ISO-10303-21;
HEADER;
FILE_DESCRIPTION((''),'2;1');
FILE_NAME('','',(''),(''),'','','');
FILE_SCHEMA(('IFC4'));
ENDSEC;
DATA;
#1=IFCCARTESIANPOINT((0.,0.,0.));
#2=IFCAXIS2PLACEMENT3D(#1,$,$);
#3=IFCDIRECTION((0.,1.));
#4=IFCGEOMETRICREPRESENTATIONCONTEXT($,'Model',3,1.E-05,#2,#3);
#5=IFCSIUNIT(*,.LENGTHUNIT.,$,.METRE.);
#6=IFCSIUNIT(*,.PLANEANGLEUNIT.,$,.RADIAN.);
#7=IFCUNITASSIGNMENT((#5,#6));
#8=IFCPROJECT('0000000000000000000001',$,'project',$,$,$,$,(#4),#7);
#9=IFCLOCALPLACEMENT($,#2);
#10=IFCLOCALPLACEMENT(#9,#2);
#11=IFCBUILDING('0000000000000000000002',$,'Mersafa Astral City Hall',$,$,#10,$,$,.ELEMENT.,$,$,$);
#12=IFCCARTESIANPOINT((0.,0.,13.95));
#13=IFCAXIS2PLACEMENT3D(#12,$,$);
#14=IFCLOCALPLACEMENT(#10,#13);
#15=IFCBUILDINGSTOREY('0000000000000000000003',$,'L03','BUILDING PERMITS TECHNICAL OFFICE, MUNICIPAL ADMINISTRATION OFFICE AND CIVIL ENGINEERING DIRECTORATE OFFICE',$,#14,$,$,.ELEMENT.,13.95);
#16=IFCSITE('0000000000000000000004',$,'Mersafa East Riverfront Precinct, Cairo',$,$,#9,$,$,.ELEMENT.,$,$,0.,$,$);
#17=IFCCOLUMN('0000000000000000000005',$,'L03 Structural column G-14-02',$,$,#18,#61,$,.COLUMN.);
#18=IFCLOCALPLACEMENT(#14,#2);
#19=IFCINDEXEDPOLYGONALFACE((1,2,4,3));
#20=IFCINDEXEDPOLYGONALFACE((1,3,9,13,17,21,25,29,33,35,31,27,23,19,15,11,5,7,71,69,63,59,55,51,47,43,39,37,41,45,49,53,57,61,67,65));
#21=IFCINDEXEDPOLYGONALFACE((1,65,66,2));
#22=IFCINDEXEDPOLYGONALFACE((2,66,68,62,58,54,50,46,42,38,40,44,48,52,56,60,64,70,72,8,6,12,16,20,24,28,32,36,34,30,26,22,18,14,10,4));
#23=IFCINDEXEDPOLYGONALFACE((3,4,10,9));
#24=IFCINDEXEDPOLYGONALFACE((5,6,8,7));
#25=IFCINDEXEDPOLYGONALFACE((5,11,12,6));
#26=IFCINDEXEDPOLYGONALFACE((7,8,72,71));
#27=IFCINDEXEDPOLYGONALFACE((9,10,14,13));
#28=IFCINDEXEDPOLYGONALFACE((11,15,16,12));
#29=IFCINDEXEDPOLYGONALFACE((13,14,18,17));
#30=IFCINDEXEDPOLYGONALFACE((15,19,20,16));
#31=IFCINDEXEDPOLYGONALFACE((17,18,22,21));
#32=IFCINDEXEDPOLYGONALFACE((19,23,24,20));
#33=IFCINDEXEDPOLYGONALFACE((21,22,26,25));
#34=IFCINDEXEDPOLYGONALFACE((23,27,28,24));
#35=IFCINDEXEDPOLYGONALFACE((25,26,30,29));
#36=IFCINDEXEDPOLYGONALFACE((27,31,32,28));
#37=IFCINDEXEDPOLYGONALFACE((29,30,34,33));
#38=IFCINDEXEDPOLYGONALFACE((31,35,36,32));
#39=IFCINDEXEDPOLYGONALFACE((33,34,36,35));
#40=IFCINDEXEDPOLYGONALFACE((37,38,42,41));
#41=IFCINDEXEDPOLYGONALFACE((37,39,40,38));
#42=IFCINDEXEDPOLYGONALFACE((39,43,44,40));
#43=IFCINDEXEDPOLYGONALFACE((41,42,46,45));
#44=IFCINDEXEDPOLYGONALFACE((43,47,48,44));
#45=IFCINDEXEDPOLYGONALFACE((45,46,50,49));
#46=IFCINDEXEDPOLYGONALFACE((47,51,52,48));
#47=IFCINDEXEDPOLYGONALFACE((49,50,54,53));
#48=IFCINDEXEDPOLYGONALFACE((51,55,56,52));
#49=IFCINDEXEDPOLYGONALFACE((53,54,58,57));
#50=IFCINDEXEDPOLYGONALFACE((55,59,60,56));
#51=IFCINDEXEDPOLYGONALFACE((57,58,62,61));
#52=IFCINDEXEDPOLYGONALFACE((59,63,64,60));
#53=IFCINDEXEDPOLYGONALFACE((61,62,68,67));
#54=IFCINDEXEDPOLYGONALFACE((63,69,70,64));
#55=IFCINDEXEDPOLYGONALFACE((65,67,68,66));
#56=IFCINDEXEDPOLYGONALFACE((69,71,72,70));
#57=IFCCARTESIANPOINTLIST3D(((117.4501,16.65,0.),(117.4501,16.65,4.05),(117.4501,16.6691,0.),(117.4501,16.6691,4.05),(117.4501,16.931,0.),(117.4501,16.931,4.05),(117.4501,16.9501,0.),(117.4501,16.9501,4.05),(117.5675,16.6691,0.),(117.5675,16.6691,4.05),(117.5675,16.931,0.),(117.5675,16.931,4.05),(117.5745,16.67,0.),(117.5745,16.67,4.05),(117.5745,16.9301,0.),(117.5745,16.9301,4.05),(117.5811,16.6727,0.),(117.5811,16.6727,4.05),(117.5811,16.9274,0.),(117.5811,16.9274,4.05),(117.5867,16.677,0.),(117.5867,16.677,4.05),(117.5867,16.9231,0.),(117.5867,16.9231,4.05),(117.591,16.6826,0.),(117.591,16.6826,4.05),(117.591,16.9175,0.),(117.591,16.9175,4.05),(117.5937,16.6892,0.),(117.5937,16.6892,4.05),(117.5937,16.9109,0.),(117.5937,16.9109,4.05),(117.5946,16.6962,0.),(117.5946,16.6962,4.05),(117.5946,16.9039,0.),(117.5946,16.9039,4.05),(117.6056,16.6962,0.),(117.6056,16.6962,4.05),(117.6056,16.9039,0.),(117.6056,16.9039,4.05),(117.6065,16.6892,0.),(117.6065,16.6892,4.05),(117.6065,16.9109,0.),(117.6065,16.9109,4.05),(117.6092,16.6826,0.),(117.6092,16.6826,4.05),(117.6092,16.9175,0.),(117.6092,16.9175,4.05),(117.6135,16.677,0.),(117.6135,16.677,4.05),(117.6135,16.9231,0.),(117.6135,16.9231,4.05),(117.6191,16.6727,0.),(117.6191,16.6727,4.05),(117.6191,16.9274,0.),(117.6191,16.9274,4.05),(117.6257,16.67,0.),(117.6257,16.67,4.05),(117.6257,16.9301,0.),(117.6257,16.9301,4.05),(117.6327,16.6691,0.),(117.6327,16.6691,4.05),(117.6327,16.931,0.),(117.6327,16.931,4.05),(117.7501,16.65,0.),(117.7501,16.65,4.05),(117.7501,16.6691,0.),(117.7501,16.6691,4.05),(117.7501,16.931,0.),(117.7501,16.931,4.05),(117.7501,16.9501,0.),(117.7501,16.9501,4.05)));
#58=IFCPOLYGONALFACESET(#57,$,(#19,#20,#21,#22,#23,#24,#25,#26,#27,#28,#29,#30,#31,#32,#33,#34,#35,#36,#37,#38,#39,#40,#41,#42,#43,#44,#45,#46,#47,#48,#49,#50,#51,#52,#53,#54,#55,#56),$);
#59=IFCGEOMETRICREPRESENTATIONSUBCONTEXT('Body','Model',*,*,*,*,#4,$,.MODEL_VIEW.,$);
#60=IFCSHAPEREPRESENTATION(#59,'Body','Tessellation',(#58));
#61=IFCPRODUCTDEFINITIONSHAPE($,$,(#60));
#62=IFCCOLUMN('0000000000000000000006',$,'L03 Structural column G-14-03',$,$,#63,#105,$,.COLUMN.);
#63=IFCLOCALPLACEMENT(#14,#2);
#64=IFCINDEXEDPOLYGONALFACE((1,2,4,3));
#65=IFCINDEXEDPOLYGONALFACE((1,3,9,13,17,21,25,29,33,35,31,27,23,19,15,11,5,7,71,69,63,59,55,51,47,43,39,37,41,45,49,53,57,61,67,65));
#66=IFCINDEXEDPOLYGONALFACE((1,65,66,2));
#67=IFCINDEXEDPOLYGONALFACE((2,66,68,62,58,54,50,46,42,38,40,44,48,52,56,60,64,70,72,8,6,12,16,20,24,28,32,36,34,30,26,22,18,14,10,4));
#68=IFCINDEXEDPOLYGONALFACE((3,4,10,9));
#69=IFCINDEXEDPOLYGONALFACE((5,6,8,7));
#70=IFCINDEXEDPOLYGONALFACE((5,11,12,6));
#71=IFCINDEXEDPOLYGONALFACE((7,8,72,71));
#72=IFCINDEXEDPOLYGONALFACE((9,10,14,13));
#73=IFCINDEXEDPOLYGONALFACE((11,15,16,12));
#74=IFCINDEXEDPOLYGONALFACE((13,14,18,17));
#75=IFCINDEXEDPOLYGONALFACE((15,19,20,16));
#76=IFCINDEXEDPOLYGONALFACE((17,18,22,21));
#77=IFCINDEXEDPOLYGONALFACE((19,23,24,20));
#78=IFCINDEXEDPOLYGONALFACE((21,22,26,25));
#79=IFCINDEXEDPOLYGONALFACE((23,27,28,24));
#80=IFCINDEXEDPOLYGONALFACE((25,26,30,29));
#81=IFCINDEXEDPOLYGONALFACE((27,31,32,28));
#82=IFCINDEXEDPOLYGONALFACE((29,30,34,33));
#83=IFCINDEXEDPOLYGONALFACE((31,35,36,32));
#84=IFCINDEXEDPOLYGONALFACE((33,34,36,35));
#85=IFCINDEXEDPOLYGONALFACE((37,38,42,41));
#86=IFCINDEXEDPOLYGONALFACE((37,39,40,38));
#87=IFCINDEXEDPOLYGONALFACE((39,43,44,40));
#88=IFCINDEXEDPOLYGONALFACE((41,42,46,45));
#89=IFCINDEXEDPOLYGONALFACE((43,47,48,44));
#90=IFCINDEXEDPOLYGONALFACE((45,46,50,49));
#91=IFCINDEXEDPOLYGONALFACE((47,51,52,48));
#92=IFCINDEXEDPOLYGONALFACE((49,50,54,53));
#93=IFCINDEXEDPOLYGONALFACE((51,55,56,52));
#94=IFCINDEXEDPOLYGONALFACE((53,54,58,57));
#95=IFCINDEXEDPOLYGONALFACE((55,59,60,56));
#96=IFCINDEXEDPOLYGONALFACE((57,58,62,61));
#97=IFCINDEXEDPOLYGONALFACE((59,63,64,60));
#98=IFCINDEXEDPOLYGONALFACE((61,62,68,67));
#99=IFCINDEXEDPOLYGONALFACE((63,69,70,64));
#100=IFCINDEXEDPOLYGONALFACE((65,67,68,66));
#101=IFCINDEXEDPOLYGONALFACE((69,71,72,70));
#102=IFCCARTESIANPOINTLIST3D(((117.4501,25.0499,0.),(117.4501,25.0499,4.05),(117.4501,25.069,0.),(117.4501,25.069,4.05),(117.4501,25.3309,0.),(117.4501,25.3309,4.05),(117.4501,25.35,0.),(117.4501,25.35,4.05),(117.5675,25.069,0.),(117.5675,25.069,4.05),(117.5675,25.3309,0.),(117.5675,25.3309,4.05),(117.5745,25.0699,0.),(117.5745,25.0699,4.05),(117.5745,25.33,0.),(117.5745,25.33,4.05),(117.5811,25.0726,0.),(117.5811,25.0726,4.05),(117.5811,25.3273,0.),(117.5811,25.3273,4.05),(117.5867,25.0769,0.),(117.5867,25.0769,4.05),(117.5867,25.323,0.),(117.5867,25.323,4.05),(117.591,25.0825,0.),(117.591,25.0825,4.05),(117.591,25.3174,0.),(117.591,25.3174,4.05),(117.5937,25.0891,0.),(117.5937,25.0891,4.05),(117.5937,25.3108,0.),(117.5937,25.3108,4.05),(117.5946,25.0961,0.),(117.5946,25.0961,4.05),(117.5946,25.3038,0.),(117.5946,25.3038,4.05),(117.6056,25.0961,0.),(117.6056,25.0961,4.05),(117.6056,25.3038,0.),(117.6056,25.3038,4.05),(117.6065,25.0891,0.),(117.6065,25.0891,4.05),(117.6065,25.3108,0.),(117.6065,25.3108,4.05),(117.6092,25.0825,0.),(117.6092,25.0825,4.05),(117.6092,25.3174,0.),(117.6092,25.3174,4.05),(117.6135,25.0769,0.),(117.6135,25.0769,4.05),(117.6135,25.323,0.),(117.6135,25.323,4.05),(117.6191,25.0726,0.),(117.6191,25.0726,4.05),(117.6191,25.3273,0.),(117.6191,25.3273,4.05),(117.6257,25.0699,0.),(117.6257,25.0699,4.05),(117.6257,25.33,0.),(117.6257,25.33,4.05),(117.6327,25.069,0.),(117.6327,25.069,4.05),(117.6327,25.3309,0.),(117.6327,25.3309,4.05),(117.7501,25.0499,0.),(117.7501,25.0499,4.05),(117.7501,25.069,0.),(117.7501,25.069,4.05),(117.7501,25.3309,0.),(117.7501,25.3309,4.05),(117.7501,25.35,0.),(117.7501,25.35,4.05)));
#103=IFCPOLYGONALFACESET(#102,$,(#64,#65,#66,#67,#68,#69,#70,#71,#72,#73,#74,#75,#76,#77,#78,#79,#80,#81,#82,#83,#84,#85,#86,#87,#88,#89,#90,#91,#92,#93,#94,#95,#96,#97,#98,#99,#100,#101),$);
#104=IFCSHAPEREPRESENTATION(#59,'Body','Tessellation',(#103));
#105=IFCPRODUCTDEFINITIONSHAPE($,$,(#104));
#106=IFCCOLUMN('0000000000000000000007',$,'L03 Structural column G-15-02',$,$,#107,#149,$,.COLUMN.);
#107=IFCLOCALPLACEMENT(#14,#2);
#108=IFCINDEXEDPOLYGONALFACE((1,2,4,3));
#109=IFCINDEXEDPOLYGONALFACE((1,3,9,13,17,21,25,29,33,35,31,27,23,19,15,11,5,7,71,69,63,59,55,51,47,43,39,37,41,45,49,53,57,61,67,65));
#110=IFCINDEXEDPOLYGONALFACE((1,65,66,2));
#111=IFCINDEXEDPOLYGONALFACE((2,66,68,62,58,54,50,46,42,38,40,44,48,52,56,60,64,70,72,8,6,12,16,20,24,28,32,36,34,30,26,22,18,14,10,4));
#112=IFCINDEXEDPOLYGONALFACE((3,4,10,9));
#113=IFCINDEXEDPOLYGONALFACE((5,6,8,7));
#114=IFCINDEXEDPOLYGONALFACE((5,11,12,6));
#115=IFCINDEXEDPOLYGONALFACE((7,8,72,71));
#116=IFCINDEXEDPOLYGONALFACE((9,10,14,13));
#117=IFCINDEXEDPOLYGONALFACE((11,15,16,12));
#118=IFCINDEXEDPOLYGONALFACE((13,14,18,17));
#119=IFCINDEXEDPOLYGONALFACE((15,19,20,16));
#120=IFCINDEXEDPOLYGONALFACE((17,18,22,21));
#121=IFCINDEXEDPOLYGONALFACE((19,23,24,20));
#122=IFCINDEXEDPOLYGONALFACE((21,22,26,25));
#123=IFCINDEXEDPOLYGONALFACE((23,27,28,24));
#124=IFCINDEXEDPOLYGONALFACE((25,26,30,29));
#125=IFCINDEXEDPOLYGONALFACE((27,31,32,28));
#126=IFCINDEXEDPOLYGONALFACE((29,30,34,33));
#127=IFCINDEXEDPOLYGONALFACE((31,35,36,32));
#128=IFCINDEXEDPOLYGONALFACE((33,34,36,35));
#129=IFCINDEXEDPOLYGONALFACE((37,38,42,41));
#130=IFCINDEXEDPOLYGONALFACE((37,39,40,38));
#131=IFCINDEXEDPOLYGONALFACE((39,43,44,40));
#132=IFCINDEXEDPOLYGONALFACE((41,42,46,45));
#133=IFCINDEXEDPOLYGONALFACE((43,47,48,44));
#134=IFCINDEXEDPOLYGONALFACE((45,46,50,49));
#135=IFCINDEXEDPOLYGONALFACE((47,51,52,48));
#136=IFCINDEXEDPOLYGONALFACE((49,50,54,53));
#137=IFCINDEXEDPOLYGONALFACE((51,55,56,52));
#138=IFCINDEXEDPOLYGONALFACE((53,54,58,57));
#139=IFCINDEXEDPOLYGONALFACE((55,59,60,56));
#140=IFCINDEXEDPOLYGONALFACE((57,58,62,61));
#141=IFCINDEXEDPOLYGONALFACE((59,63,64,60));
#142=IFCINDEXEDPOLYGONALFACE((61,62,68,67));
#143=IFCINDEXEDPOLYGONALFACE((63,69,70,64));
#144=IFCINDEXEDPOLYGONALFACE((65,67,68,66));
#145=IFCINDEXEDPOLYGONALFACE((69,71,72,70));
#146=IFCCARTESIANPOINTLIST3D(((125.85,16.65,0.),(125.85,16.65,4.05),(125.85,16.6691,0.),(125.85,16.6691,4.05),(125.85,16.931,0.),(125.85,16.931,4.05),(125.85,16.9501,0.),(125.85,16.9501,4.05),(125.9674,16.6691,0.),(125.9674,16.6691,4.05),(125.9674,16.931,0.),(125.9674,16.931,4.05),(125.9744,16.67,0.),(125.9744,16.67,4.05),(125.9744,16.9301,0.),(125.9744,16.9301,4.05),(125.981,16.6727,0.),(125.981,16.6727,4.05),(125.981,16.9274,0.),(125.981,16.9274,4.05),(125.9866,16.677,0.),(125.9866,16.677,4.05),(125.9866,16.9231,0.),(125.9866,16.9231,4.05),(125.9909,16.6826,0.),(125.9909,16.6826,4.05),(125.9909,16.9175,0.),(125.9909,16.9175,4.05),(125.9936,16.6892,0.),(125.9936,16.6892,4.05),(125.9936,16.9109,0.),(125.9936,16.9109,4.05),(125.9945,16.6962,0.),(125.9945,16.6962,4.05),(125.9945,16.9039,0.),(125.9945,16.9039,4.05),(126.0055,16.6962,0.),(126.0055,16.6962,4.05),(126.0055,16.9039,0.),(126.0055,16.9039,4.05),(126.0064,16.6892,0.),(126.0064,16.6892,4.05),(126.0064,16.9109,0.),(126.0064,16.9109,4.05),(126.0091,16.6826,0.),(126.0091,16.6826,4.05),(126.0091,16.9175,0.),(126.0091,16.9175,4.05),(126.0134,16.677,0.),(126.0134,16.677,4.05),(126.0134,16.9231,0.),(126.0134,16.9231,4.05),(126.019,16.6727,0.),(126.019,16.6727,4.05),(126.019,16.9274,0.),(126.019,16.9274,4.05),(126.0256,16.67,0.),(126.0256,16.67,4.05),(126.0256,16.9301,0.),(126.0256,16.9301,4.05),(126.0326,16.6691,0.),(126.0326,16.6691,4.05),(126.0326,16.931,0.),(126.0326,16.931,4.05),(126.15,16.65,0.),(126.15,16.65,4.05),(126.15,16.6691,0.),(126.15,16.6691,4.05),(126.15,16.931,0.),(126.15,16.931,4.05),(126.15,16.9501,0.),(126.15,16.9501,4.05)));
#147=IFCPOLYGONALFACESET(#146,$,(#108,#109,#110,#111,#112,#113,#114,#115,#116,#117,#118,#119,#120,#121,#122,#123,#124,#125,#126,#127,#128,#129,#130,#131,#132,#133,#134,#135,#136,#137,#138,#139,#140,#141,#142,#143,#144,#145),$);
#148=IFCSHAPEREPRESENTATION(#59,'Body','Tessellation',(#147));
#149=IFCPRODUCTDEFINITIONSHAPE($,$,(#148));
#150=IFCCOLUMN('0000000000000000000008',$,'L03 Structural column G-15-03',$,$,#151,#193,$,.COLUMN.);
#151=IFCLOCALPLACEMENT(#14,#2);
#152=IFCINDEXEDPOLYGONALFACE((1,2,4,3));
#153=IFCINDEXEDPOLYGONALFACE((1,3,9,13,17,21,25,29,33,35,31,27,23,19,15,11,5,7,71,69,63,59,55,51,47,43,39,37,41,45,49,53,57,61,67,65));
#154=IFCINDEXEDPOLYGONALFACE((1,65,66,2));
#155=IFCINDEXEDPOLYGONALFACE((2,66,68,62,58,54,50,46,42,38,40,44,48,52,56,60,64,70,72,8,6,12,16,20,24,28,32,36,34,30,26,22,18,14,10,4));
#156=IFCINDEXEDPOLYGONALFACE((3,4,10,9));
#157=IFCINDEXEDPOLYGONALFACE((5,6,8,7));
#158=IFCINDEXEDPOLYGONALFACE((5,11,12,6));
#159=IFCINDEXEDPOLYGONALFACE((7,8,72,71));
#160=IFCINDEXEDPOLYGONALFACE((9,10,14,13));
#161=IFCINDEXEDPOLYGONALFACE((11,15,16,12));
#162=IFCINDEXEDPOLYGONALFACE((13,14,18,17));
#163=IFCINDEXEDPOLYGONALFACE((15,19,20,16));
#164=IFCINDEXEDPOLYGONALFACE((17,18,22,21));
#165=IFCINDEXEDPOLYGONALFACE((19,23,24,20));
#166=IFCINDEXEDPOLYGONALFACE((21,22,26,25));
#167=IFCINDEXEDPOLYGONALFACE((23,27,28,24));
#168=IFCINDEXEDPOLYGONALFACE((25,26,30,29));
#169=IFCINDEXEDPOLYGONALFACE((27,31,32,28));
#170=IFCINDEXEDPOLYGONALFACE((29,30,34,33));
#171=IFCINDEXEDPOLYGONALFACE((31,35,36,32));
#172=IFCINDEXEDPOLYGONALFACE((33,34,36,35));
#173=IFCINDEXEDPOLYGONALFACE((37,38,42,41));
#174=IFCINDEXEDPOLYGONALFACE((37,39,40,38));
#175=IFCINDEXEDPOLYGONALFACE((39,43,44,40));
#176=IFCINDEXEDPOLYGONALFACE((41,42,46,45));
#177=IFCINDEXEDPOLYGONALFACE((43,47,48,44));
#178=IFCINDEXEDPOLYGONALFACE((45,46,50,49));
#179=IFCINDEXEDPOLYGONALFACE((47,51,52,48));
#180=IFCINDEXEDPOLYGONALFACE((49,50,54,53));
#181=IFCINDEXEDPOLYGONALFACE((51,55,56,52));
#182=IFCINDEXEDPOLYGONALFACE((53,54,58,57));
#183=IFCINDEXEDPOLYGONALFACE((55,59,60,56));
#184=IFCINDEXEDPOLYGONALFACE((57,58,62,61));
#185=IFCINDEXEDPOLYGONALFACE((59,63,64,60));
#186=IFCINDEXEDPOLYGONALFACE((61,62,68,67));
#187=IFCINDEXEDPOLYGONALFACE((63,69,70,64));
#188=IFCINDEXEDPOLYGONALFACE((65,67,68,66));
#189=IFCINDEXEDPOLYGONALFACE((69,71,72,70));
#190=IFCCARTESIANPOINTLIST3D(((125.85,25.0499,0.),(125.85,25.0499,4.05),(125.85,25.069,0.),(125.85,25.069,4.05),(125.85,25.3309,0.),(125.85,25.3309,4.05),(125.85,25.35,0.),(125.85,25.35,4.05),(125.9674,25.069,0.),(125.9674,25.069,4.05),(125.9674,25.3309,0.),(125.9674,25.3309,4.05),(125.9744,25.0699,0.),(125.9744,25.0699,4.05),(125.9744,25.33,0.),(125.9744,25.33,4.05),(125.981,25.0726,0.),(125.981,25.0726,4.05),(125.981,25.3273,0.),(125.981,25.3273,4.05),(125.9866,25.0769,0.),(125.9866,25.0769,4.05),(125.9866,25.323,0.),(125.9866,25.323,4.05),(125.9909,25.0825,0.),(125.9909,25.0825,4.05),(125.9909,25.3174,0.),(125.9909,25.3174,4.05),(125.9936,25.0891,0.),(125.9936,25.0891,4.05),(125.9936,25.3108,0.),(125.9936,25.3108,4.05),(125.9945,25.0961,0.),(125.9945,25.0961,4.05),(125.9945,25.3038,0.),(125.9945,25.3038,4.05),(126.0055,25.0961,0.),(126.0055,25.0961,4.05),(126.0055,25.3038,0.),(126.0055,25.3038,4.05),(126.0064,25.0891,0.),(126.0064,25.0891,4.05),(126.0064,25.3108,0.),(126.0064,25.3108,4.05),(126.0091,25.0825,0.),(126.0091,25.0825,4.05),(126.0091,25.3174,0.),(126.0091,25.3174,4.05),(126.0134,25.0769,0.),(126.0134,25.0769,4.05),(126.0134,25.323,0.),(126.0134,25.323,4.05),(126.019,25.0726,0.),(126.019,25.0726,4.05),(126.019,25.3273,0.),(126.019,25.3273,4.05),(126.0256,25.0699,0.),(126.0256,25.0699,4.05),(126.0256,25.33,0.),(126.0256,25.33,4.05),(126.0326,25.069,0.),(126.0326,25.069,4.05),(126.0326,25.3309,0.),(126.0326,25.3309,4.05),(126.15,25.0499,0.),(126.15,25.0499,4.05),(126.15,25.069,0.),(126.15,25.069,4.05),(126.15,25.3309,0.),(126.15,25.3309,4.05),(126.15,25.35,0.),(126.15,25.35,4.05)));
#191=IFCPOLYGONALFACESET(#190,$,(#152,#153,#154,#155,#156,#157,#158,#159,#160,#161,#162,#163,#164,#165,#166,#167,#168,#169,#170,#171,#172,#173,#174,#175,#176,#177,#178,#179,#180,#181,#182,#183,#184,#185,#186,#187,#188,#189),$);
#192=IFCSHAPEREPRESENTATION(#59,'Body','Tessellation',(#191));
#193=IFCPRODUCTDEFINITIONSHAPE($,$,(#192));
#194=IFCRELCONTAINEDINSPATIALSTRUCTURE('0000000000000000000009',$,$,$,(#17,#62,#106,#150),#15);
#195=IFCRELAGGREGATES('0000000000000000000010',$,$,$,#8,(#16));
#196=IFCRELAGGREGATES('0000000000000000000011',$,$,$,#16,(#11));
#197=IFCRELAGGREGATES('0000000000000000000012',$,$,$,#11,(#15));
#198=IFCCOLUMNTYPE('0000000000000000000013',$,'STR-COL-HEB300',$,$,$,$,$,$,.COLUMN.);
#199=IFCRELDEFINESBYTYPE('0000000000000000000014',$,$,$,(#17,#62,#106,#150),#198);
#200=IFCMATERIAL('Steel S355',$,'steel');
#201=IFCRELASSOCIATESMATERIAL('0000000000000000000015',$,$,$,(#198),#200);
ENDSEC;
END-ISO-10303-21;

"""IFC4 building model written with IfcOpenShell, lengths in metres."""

from ifc_helpers import new_model, si_unit, direction, frame, origin, origin_2d, place, context, subcontext, project, spatial, i_section, extrude, material, material_profile, profile_set, type_object, element, save


model = new_model("IFC4")

# Units and contexts
model_context = context("Model", 3, precision=1e-05, world=origin(), true_north=direction((0.0, 1.0)))
body_context = subcontext(model_context, "Body", "Model", "MODEL_VIEW")
ifc_project = project(units=[si_unit("LENGTHUNIT", "METRE"), si_unit("PLANEANGLEUNIT", "RADIAN")], contexts=[model_context])

# Site, building, storey
site_placement = place(None, origin())
site = spatial("IfcSite", under=ifc_project, at=site_placement, Name="Mersafa East Riverfront Precinct, Cairo", CompositionType="ELEMENT", RefElevation=0.0)
building_placement = place(site_placement, origin())
building = spatial("IfcBuilding", under=site, at=building_placement, Name="Mersafa Astral City Hall", CompositionType="ELEMENT")
storey_placement = place(building_placement, frame((0.0, 0.0, 13.95)))
storey = spatial("IfcBuildingStorey", under=building, at=storey_placement, Name="L03", Description="BUILDING PERMITS TECHNICAL OFFICE, MUNICIPAL ADMINISTRATION OFFICE AND CIVIL ENGINEERING DIRECTORATE OFFICE", CompositionType="ELEMENT", Elevation=13.95)

# Columns
ifc_material_1 = material(Name="Steel S355", Category="steel")
ifc_material_profile_1 = material_profile(ifc_material_1, i_section(OverallWidth=0.3, OverallDepth=0.3, WebThickness=0.011, FlangeThickness=0.019, FilletRadius=0.0271, at=origin_2d()), Name="HEB 300")
ifc_profile_set_1 = profile_set([ifc_material_profile_1], Name="Steel S355")
column_type = type_object("IfcColumnType", Name="STR-COL-HEB300", PredefinedType="COLUMN", material=ifc_profile_set_1)
for number, where, z_axis, x_axis, name in (
    (1, (117.6001, 16.8, 0.0), (0.0, 0.0, 1.0), (1.0, 0.0, 0.0), "L03 Structural column G-14-02"),
    (2, (117.6001, 25.2, 0.0), (0.0, 0.0, 1.0), (1.0, 0.0, 0.0), "L03 Structural column G-14-03"),
    (3, (126.0, 16.8, 0.0), (0.0, 0.0, 1.0), (1.0, 0.0, 0.0), "L03 Structural column G-15-02"),
    (4, (126.0, 25.2, 0.0), (0.0, 0.0, 1.0), (1.0, 0.0, 0.0), "L03 Structural column G-15-03"),
):
    element("IfcColumn", number, at=place(storey_placement, frame(where, z_axis=z_axis, x_axis=x_axis)), inside=storey, type_object=column_type, Name=name, PredefinedType="COLUMN", context=body_context, shape_type="SweptSolid", body=[
        extrude(i_section(OverallWidth=0.3, OverallDepth=0.3, WebThickness=0.011, FlangeThickness=0.019, FilletRadius=0.0271, at=origin_2d()), origin(), (0.0, 0.0, 1.0), 4.05),
    ])

save(model, "model.ifc")
